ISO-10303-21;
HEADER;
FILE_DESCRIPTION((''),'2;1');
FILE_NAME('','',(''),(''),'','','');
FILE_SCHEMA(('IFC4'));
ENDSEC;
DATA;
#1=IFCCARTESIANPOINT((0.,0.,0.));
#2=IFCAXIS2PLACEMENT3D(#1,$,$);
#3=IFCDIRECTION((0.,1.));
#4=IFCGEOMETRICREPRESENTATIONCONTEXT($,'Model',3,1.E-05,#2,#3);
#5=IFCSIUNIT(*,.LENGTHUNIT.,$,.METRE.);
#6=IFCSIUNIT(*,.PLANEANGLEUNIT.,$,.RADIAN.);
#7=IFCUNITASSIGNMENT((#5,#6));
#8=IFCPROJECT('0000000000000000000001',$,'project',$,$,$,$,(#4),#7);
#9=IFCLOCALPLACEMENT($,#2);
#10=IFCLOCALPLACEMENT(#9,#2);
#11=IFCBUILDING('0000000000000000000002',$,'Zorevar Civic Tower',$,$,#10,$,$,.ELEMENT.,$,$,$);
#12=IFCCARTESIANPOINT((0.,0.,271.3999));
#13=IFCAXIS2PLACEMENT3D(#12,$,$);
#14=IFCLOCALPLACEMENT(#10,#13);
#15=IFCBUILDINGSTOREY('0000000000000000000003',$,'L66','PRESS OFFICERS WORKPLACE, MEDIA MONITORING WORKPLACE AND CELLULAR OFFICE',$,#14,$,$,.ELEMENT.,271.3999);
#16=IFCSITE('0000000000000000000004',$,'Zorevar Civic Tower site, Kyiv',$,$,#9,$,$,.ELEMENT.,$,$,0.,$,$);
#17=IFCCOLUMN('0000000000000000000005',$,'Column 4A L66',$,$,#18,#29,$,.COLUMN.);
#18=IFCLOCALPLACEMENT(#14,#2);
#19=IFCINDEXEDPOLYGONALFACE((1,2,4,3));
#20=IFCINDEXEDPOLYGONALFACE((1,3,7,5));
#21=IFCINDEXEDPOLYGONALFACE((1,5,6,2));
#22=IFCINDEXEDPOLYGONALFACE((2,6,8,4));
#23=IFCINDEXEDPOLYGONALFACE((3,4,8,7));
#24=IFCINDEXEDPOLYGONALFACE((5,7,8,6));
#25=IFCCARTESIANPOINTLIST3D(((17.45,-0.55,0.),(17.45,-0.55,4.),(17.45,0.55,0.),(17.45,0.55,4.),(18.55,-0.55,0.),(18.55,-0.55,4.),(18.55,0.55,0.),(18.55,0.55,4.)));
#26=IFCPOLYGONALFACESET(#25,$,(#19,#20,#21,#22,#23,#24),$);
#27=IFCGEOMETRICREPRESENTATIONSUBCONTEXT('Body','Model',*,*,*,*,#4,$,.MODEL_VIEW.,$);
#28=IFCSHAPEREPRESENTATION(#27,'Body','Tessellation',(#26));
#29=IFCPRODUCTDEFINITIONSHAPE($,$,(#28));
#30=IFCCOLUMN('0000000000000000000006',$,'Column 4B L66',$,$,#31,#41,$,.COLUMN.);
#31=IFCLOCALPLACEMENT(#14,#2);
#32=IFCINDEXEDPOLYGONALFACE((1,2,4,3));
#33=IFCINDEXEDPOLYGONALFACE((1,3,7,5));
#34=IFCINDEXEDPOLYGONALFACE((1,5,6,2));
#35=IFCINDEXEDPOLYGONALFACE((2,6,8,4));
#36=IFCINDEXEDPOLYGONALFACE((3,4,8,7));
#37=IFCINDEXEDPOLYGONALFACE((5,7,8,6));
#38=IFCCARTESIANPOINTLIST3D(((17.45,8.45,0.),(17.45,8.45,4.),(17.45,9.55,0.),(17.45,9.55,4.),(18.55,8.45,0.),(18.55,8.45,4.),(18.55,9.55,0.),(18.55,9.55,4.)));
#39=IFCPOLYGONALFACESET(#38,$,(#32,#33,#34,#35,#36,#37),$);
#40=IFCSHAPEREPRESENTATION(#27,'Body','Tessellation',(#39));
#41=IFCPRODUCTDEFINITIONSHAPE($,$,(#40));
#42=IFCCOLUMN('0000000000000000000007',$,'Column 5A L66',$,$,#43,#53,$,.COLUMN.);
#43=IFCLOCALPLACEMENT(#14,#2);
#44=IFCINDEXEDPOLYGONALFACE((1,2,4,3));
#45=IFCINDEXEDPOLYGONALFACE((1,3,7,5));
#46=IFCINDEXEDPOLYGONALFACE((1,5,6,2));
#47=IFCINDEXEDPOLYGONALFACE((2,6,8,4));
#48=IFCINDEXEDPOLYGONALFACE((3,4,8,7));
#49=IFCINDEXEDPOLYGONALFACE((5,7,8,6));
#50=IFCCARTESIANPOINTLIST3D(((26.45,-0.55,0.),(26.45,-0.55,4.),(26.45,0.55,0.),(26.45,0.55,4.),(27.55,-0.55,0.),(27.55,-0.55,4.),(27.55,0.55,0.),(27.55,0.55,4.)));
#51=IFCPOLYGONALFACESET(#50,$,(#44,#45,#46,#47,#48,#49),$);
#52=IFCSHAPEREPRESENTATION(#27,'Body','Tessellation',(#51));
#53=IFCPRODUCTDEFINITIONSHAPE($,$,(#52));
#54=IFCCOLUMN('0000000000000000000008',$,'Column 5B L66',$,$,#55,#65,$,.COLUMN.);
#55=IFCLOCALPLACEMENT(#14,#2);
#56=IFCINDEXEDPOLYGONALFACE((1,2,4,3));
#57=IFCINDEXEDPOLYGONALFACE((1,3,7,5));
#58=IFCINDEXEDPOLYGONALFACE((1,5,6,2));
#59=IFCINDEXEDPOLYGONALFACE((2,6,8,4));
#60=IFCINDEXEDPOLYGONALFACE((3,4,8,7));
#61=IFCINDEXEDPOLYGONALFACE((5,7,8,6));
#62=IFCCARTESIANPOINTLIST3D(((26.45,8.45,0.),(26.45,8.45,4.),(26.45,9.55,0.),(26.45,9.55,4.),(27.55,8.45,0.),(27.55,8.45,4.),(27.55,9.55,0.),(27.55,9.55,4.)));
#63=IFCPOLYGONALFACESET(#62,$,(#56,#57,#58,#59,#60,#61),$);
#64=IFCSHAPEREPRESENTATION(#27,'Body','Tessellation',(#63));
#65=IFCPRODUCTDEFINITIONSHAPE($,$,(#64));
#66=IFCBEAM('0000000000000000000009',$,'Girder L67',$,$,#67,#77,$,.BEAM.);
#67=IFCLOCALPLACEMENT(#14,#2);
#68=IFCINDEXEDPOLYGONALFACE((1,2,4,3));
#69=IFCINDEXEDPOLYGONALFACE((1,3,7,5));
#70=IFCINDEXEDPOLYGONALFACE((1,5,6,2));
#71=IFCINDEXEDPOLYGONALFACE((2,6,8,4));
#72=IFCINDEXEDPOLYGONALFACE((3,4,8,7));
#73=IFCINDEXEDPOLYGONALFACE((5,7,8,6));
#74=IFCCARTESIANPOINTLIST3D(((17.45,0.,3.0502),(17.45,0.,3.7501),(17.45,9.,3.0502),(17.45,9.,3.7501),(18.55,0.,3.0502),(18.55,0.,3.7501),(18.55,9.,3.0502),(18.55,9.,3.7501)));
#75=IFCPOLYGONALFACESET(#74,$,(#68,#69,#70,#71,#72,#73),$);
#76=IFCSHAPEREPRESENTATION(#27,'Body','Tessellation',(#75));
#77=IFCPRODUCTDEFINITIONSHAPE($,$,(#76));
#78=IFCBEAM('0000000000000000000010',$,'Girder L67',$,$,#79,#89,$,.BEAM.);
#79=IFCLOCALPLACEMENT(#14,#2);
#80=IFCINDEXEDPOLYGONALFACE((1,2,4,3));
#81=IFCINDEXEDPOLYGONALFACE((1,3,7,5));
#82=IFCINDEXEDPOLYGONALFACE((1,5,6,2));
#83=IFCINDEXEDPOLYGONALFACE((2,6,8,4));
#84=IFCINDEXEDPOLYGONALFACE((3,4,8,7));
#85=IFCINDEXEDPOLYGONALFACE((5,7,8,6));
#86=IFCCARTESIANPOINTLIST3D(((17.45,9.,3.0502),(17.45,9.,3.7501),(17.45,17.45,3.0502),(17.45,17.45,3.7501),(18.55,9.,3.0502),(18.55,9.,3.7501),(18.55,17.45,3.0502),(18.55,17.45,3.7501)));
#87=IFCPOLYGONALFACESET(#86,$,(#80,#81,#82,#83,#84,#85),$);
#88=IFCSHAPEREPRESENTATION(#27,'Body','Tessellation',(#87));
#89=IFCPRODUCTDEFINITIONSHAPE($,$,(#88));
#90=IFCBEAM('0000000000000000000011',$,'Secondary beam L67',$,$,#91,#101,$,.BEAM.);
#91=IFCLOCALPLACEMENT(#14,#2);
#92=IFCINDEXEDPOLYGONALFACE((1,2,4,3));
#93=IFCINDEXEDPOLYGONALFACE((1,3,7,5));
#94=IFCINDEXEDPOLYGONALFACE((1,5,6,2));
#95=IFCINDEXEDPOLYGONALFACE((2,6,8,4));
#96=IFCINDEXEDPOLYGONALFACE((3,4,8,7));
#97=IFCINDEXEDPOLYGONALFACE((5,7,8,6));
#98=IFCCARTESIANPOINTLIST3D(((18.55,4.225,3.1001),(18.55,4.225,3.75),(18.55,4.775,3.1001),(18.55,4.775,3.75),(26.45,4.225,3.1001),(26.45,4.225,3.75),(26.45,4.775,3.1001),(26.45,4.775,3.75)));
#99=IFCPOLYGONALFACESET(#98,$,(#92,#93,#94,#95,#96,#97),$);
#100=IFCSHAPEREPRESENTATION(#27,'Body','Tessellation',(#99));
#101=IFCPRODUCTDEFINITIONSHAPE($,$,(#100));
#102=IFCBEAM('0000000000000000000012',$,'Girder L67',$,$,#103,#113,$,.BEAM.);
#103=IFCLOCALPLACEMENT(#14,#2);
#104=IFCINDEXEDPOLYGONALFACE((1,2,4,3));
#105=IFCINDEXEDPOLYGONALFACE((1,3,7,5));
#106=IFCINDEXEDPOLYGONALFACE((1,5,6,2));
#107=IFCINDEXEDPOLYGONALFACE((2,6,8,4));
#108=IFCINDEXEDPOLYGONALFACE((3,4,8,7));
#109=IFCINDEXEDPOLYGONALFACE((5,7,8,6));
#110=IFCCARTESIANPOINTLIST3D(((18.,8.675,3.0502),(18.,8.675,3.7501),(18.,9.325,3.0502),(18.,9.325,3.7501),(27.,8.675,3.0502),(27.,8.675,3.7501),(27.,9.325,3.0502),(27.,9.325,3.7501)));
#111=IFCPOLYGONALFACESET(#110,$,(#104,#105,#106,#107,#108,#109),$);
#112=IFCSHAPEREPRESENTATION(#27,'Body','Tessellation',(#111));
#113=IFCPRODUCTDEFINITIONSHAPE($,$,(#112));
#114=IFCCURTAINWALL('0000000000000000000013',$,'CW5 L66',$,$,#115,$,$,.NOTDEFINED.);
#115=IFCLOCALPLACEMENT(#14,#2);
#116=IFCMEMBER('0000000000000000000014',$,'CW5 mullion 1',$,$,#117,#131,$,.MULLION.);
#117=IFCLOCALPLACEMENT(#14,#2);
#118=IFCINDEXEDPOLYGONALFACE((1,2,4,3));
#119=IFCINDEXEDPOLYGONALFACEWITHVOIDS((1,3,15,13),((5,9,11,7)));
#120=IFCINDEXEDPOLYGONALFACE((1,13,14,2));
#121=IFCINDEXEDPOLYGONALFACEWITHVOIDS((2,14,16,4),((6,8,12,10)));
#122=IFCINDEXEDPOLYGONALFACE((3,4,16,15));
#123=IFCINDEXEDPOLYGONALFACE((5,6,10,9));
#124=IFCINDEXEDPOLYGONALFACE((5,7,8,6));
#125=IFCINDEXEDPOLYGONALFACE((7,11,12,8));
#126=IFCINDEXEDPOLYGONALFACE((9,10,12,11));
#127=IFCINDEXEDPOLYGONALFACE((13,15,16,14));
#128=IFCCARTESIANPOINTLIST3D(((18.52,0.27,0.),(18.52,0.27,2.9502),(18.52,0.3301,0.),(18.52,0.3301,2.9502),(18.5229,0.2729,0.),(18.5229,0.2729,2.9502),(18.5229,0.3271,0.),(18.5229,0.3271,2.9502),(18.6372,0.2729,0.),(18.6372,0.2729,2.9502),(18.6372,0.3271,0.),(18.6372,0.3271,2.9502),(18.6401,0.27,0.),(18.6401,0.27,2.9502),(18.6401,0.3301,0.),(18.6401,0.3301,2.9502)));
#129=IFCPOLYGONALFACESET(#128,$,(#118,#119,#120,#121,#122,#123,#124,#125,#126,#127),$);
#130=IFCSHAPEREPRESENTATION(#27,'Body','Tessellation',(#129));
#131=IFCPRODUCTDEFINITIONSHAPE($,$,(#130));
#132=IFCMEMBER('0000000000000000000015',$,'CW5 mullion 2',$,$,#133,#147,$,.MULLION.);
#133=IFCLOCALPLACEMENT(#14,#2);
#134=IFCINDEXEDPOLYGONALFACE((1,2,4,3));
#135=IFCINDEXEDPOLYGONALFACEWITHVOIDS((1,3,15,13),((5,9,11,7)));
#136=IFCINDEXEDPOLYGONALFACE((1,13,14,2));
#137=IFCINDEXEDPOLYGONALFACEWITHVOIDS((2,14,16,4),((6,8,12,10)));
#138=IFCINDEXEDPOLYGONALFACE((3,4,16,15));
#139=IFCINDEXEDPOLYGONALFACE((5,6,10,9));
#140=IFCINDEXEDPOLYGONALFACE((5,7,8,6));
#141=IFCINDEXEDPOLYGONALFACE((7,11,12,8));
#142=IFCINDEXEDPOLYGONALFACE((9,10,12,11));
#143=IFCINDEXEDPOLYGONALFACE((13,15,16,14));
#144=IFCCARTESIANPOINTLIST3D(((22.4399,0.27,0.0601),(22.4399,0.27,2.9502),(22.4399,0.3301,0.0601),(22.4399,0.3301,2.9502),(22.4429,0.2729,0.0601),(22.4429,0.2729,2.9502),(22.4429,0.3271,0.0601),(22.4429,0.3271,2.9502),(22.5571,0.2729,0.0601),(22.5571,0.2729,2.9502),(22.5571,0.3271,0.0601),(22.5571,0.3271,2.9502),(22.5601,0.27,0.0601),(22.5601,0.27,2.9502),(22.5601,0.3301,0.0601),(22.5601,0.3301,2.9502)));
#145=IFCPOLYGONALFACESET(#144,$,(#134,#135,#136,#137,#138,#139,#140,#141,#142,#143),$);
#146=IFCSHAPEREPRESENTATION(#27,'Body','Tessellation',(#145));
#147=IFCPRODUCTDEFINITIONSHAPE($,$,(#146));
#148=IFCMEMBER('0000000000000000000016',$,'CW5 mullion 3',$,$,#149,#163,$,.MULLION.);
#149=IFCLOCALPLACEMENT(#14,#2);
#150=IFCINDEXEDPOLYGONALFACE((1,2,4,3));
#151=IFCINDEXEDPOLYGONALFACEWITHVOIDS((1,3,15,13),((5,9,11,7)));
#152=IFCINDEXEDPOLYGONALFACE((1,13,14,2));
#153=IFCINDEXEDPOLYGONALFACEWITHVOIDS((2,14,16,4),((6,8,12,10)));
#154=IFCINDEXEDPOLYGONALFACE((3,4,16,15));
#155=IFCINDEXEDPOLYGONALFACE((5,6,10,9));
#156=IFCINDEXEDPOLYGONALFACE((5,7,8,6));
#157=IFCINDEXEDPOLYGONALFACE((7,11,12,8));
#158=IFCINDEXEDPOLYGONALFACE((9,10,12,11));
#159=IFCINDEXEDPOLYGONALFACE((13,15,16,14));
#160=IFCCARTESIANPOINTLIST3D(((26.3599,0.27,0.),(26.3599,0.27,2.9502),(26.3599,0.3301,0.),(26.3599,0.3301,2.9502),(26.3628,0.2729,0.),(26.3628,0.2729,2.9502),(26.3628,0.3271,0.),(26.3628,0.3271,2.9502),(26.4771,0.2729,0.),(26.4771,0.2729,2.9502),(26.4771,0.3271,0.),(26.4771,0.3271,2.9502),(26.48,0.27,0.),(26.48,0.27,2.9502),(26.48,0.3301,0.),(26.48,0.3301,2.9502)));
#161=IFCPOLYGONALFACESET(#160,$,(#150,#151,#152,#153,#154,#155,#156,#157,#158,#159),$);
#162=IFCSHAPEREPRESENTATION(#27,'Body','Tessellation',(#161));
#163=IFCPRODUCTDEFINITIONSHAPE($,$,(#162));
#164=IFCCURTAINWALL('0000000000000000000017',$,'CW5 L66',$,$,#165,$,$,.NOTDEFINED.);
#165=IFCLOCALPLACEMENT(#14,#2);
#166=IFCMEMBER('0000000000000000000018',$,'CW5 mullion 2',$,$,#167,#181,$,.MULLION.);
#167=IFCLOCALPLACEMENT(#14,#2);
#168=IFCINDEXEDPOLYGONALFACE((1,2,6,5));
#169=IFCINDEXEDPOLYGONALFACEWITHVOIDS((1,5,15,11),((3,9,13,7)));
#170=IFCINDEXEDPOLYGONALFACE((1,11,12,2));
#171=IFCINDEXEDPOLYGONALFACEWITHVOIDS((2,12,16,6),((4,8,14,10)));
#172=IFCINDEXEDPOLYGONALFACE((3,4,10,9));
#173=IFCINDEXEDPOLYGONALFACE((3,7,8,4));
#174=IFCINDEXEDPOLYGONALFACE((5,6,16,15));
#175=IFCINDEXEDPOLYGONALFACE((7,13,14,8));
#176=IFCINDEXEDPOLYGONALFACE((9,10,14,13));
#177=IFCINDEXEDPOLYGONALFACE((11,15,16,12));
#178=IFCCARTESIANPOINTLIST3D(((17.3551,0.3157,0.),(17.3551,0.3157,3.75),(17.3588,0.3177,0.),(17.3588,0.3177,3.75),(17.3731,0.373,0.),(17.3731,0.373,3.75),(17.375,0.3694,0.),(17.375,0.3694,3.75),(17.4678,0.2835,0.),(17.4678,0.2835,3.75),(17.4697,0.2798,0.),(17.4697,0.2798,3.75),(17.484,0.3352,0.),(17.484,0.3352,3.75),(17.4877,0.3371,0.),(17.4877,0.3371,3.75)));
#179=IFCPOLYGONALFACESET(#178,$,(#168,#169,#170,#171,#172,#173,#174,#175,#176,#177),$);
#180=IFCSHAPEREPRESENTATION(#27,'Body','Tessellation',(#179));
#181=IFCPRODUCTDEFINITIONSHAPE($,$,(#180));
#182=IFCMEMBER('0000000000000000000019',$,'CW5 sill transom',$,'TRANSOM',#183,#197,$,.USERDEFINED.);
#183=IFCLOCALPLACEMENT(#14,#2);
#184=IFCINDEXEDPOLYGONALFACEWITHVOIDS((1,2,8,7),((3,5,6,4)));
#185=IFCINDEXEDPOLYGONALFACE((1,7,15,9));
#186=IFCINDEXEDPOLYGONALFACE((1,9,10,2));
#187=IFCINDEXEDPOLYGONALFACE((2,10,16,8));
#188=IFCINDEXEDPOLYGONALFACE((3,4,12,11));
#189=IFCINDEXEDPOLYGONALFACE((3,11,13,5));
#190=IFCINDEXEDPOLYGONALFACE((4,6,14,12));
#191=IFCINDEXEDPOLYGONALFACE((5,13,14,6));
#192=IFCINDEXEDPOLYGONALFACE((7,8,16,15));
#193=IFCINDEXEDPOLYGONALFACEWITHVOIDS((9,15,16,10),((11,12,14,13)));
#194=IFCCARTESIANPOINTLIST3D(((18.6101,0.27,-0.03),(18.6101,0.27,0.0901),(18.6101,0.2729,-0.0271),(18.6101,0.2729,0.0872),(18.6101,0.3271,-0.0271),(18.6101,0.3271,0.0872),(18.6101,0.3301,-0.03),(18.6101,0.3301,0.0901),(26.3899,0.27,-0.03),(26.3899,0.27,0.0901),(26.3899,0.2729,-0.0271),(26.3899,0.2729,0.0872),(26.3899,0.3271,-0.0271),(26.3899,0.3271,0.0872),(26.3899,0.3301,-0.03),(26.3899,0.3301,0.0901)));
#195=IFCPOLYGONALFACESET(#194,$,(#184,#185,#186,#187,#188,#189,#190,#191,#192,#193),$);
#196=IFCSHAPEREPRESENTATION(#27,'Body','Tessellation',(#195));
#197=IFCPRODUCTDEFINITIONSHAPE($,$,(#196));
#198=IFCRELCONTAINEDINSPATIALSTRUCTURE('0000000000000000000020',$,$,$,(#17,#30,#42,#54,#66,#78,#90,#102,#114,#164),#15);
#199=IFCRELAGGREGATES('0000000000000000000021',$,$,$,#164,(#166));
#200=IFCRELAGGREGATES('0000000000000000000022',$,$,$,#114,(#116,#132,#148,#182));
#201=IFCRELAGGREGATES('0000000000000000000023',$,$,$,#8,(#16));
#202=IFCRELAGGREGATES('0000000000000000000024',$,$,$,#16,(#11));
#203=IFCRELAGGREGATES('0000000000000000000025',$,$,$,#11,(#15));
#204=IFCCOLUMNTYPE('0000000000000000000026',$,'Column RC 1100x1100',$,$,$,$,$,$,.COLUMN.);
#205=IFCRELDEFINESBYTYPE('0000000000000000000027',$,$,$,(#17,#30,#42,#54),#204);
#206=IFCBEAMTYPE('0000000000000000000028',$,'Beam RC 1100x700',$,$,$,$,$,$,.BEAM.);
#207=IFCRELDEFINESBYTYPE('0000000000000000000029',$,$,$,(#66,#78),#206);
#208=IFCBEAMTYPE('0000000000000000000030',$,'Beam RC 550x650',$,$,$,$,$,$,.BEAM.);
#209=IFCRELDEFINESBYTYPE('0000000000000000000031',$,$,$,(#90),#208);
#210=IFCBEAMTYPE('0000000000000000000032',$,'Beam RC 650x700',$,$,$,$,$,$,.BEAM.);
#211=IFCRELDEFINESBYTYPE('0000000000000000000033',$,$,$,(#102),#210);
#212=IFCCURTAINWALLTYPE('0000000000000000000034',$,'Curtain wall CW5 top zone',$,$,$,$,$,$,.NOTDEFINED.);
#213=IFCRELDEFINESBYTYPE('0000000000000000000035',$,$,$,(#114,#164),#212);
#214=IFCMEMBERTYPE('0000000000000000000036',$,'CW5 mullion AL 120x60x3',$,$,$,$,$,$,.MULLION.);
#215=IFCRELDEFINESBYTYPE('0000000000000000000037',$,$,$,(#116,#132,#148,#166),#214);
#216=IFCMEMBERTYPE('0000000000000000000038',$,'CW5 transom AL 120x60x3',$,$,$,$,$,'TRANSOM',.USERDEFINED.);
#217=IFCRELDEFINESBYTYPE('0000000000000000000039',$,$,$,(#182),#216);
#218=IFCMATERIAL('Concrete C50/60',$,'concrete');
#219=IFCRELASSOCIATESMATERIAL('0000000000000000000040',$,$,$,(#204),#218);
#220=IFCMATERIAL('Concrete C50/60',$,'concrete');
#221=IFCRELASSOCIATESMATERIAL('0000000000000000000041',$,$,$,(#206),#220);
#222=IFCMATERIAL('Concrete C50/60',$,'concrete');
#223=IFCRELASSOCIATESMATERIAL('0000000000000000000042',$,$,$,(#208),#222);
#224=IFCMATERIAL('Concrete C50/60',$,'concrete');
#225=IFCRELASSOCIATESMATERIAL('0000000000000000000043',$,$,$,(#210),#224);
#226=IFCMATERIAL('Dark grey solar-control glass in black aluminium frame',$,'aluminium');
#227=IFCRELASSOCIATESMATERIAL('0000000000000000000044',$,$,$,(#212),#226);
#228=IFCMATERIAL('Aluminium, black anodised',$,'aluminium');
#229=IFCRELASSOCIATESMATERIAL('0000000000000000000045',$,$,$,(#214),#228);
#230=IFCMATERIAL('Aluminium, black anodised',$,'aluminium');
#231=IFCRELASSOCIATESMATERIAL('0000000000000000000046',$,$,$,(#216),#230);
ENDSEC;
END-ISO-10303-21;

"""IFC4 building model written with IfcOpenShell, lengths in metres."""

from ifc_helpers import new_model, si_unit, direction, frame, origin, origin_2d, place, context, subcontext, project, spatial, rectangle, hollow_rectangle, extrude, material, material_profile, profile_set, type_object, element, aggregate, save


model = new_model("IFC4")

# Units and contexts
model_context = context("Model", 3, precision=1e-05, world=origin(), true_north=direction((0.0, 1.0)))
body_context = subcontext(model_context, "Body", "Model", "MODEL_VIEW")
ifc_project = project(units=[si_unit("LENGTHUNIT", "METRE"), si_unit("PLANEANGLEUNIT", "RADIAN")], contexts=[model_context])

# Site, building, storey
site_placement = place(None, origin())
site = spatial("IfcSite", under=ifc_project, at=site_placement, Name="Zorevar Civic Tower site, Kyiv", CompositionType="ELEMENT", RefElevation=0.0)
building_placement = place(site_placement, origin())
building = spatial("IfcBuilding", under=site, at=building_placement, Name="Zorevar Civic Tower", CompositionType="ELEMENT")
storey_placement = place(building_placement, frame((0.0, 0.0, 271.3999)))
storey = spatial("IfcBuildingStorey", under=building, at=storey_placement, Name="L66", Description="PRESS OFFICERS WORKPLACE, MEDIA MONITORING WORKPLACE AND CELLULAR OFFICE", CompositionType="ELEMENT", Elevation=271.3999)

# Columns
ifc_material_1 = material(Name="Concrete C50/60", Category="concrete")
ifc_material_profile_1 = material_profile(ifc_material_1, rectangle(XDim=1.1001, YDim=1.1001, at=origin_2d()), Name="RC 1100x1100")
ifc_profile_set_1 = profile_set([ifc_material_profile_1], Name="Concrete C50/60")
column_type = type_object("IfcColumnType", Name="Column RC 1100x1100", PredefinedType="COLUMN", material=ifc_profile_set_1)
for number, where, z_axis, x_axis, name in (
    (1, (18.0, 0.0, 0.0), (0.0, 0.0, 1.0), (1.0, 0.0, 0.0), "Column 4A L66"),
    (2, (18.0, 9.0, 0.0), (0.0, 0.0, 1.0), (1.0, 0.0, 0.0), "Column 4B L66"),
    (3, (27.0, 0.0, 0.0), (0.0, 0.0, 1.0), (1.0, 0.0, 0.0), "Column 5A L66"),
    (4, (27.0, 9.0, 0.0), (0.0, 0.0, 1.0), (1.0, 0.0, 0.0), "Column 5B L66"),
):
    element("IfcColumn", number, at=place(storey_placement, frame(where, z_axis=z_axis, x_axis=x_axis)), inside=storey, type_object=column_type, Name=name, PredefinedType="COLUMN", context=body_context, shape_type="SweptSolid", body=[
        extrude(rectangle(XDim=1.1001, YDim=1.1001, at=origin_2d()), origin(), (0.0, 0.0, 1.0), 4.0),
    ])

# Beams
ifc_material_2 = material(Name="Concrete C50/60", Category="concrete")
ifc_material_profile_2 = material_profile(ifc_material_2, rectangle(XDim=1.1001, YDim=0.7, at=origin_2d()), Name="RC 1100x700")
ifc_profile_set_2 = profile_set([ifc_material_profile_2], Name="Concrete C50/60")
beam_type_1 = type_object("IfcBeamType", Name="Beam RC 1100x700", PredefinedType="BEAM", material=ifc_profile_set_2)
beam_1_placement = place(storey_placement, frame((18.0, 0.0, 3.4001), z_axis=(0.0, 1.0, 0.0), x_axis=(-1.0, 0.0, 0.0)))
element("IfcBeam", 5, at=beam_1_placement, inside=storey, type_object=beam_type_1, Name="Girder L67", PredefinedType="BEAM", context=body_context, shape_type="SweptSolid", body=[
    extrude(rectangle(XDim=1.1001, YDim=0.7, at=origin_2d()), origin(), (0.0, 0.0, 1.0), 9.0),
])
beam_2_placement = place(storey_placement, frame((18.0, 9.0, 3.4001), z_axis=(0.0, 1.0, 0.0), x_axis=(-1.0, 0.0, 0.0)))
element("IfcBeam", 6, at=beam_2_placement, inside=storey, type_object=beam_type_1, Name="Girder L67", PredefinedType="BEAM", context=body_context, shape_type="SweptSolid", body=[
    extrude(rectangle(XDim=1.1001, YDim=0.7, at=origin_2d()), origin(), (0.0, 0.0, 1.0), 8.45),
])
ifc_material_3 = material(Name="Concrete C50/60", Category="concrete")
ifc_material_profile_3 = material_profile(ifc_material_3, rectangle(XDim=0.55, YDim=0.6499, at=origin_2d()), Name="RC 550x650")
ifc_profile_set_3 = profile_set([ifc_material_profile_3], Name="Concrete C50/60")
beam_type_2 = type_object("IfcBeamType", Name="Beam RC 550x650", PredefinedType="BEAM", material=ifc_profile_set_3)
beam_3_placement = place(storey_placement, frame((18.55, 4.5, 3.425), z_axis=(1.0, 0.0, 0.0), x_axis=(0.0, 1.0, 0.0)))
element("IfcBeam", 7, at=beam_3_placement, inside=storey, type_object=beam_type_2, Name="Secondary beam L67", PredefinedType="BEAM", context=body_context, shape_type="SweptSolid", body=[
    extrude(rectangle(XDim=0.55, YDim=0.6499, at=origin_2d()), origin(), (0.0, 0.0, 1.0), 7.8999),
])
ifc_material_4 = material(Name="Concrete C50/60", Category="concrete")
ifc_material_profile_4 = material_profile(ifc_material_4, rectangle(XDim=0.6499, YDim=0.7, at=origin_2d()), Name="RC 650x700")
ifc_profile_set_4 = profile_set([ifc_material_profile_4], Name="Concrete C50/60")
beam_type_3 = type_object("IfcBeamType", Name="Beam RC 650x700", PredefinedType="BEAM", material=ifc_profile_set_4)
beam_4_placement = place(storey_placement, frame((18.0, 9.0, 3.4001), z_axis=(1.0, 0.0, 0.0), x_axis=(0.0, 1.0, 0.0)))
element("IfcBeam", 8, at=beam_4_placement, inside=storey, type_object=beam_type_3, Name="Girder L67", PredefinedType="BEAM", context=body_context, shape_type="SweptSolid", body=[
    extrude(rectangle(XDim=0.6499, YDim=0.7, at=origin_2d()), origin(), (0.0, 0.0, 1.0), 9.0),
])

# Curtain wall, members
ifc_material_5 = material(Name="Dark grey solar-control glass in black aluminium frame", Category="aluminium")
curtain_wall_type = type_object("IfcCurtainWallType", Name="Curtain wall CW5 top zone", PredefinedType="NOTDEFINED", material=ifc_material_5)
curtain_wall_1_placement = place(storey_placement, origin())
curtain_wall_1 = element("IfcCurtainWall", 9, at=curtain_wall_1_placement, inside=storey, type_object=curtain_wall_type, Name="CW5 L66", PredefinedType="NOTDEFINED")
ifc_material_6 = material(Name="Aluminium, black anodised", Category="aluminium")
ifc_material_profile_5 = material_profile(ifc_material_6, hollow_rectangle(XDim=0.0601, YDim=0.1201, WallThickness=0.0029, at=origin_2d()), Name="AL 120x60x3")
ifc_profile_set_5 = profile_set([ifc_material_profile_5], Name="Aluminium, black anodised")
member_type_1 = type_object("IfcMemberType", Name="CW5 mullion AL 120x60x3", PredefinedType="MULLION", material=ifc_profile_set_5)
member_1_placement = place(storey_placement, frame((18.5801, 0.3, 0.0), z_axis=(0.0, 0.0, 1.0), x_axis=(0.0, 1.0, 0.0)))
member_1 = element("IfcMember", 10, at=member_1_placement, type_object=member_type_1, Name="CW5 mullion 1", PredefinedType="MULLION", context=body_context, shape_type="SweptSolid", body=[
    extrude(hollow_rectangle(XDim=0.0601, YDim=0.1201, WallThickness=0.0029, at=origin_2d()), origin(), (0.0, 0.0, 1.0), 2.9502),
])
member_2_placement = place(storey_placement, frame((22.5, 0.3, 0.0601), z_axis=(0.0, 0.0, 1.0), x_axis=(0.0, 1.0, 0.0)))
member_2 = element("IfcMember", 11, at=member_2_placement, type_object=member_type_1, Name="CW5 mullion 2", PredefinedType="MULLION", context=body_context, shape_type="SweptSolid", body=[
    extrude(hollow_rectangle(XDim=0.0601, YDim=0.1201, WallThickness=0.0029, at=origin_2d()), origin(), (0.0, 0.0, 1.0), 2.8901),
])
member_3_placement = place(storey_placement, frame((26.4199, 0.3, 0.0), z_axis=(0.0, 0.0, 1.0), x_axis=(0.0, 1.0, 0.0)))
member_3 = element("IfcMember", 12, at=member_3_placement, type_object=member_type_1, Name="CW5 mullion 3", PredefinedType="MULLION", context=body_context, shape_type="SweptSolid", body=[
    extrude(hollow_rectangle(XDim=0.0601, YDim=0.1201, WallThickness=0.0029, at=origin_2d()), origin(), (0.0, 0.0, 1.0), 2.9502),
])

# Curtain wall, member
curtain_wall_2_placement = place(storey_placement, origin())
curtain_wall_2 = element("IfcCurtainWall", 13, at=curtain_wall_2_placement, inside=storey, type_object=curtain_wall_type, Name="CW5 L66", PredefinedType="NOTDEFINED")
member_4_placement = place(storey_placement, frame((17.4214, 0.3264, 0.0), z_axis=(0.0, 0.0, 1.0), x_axis=(0.299318, 0.954153, 0.0)))
member_4 = element("IfcMember", 14, at=member_4_placement, type_object=member_type_1, Name="CW5 mullion 2", PredefinedType="MULLION", context=body_context, shape_type="SweptSolid", body=[
    extrude(hollow_rectangle(XDim=0.0601, YDim=0.1201, WallThickness=0.0029, at=origin_2d()), origin(), (0.0, 0.0, 1.0), 3.75),
])
aggregate(curtain_wall_2, [member_4])

# Member
ifc_material_7 = material(Name="Aluminium, black anodised", Category="aluminium")
ifc_material_profile_6 = material_profile(ifc_material_7, hollow_rectangle(XDim=0.0601, YDim=0.1201, WallThickness=0.0029, at=origin_2d()), Name="AL 120x60x3")
ifc_profile_set_6 = profile_set([ifc_material_profile_6], Name="Aluminium, black anodised")
member_type_2 = type_object("IfcMemberType", Name="CW5 transom AL 120x60x3", ElementType="TRANSOM", PredefinedType="USERDEFINED", material=ifc_profile_set_6)
member_5_placement = place(storey_placement, frame((18.6101, 0.3, 0.03), z_axis=(1.0, 0.0, 0.0), x_axis=(0.0, 1.0, 0.0)))
member_5 = element("IfcMember", 15, at=member_5_placement, type_object=member_type_2, Name="CW5 sill transom", ObjectType="TRANSOM", PredefinedType="USERDEFINED", context=body_context, shape_type="SweptSolid", body=[
    extrude(hollow_rectangle(XDim=0.0601, YDim=0.1201, WallThickness=0.0029, at=origin_2d()), origin(), (0.0, 0.0, 1.0), 7.7798),
])

aggregate(curtain_wall_1, [member_1, member_2, member_3, member_5])

save(model, "model.ifc")
